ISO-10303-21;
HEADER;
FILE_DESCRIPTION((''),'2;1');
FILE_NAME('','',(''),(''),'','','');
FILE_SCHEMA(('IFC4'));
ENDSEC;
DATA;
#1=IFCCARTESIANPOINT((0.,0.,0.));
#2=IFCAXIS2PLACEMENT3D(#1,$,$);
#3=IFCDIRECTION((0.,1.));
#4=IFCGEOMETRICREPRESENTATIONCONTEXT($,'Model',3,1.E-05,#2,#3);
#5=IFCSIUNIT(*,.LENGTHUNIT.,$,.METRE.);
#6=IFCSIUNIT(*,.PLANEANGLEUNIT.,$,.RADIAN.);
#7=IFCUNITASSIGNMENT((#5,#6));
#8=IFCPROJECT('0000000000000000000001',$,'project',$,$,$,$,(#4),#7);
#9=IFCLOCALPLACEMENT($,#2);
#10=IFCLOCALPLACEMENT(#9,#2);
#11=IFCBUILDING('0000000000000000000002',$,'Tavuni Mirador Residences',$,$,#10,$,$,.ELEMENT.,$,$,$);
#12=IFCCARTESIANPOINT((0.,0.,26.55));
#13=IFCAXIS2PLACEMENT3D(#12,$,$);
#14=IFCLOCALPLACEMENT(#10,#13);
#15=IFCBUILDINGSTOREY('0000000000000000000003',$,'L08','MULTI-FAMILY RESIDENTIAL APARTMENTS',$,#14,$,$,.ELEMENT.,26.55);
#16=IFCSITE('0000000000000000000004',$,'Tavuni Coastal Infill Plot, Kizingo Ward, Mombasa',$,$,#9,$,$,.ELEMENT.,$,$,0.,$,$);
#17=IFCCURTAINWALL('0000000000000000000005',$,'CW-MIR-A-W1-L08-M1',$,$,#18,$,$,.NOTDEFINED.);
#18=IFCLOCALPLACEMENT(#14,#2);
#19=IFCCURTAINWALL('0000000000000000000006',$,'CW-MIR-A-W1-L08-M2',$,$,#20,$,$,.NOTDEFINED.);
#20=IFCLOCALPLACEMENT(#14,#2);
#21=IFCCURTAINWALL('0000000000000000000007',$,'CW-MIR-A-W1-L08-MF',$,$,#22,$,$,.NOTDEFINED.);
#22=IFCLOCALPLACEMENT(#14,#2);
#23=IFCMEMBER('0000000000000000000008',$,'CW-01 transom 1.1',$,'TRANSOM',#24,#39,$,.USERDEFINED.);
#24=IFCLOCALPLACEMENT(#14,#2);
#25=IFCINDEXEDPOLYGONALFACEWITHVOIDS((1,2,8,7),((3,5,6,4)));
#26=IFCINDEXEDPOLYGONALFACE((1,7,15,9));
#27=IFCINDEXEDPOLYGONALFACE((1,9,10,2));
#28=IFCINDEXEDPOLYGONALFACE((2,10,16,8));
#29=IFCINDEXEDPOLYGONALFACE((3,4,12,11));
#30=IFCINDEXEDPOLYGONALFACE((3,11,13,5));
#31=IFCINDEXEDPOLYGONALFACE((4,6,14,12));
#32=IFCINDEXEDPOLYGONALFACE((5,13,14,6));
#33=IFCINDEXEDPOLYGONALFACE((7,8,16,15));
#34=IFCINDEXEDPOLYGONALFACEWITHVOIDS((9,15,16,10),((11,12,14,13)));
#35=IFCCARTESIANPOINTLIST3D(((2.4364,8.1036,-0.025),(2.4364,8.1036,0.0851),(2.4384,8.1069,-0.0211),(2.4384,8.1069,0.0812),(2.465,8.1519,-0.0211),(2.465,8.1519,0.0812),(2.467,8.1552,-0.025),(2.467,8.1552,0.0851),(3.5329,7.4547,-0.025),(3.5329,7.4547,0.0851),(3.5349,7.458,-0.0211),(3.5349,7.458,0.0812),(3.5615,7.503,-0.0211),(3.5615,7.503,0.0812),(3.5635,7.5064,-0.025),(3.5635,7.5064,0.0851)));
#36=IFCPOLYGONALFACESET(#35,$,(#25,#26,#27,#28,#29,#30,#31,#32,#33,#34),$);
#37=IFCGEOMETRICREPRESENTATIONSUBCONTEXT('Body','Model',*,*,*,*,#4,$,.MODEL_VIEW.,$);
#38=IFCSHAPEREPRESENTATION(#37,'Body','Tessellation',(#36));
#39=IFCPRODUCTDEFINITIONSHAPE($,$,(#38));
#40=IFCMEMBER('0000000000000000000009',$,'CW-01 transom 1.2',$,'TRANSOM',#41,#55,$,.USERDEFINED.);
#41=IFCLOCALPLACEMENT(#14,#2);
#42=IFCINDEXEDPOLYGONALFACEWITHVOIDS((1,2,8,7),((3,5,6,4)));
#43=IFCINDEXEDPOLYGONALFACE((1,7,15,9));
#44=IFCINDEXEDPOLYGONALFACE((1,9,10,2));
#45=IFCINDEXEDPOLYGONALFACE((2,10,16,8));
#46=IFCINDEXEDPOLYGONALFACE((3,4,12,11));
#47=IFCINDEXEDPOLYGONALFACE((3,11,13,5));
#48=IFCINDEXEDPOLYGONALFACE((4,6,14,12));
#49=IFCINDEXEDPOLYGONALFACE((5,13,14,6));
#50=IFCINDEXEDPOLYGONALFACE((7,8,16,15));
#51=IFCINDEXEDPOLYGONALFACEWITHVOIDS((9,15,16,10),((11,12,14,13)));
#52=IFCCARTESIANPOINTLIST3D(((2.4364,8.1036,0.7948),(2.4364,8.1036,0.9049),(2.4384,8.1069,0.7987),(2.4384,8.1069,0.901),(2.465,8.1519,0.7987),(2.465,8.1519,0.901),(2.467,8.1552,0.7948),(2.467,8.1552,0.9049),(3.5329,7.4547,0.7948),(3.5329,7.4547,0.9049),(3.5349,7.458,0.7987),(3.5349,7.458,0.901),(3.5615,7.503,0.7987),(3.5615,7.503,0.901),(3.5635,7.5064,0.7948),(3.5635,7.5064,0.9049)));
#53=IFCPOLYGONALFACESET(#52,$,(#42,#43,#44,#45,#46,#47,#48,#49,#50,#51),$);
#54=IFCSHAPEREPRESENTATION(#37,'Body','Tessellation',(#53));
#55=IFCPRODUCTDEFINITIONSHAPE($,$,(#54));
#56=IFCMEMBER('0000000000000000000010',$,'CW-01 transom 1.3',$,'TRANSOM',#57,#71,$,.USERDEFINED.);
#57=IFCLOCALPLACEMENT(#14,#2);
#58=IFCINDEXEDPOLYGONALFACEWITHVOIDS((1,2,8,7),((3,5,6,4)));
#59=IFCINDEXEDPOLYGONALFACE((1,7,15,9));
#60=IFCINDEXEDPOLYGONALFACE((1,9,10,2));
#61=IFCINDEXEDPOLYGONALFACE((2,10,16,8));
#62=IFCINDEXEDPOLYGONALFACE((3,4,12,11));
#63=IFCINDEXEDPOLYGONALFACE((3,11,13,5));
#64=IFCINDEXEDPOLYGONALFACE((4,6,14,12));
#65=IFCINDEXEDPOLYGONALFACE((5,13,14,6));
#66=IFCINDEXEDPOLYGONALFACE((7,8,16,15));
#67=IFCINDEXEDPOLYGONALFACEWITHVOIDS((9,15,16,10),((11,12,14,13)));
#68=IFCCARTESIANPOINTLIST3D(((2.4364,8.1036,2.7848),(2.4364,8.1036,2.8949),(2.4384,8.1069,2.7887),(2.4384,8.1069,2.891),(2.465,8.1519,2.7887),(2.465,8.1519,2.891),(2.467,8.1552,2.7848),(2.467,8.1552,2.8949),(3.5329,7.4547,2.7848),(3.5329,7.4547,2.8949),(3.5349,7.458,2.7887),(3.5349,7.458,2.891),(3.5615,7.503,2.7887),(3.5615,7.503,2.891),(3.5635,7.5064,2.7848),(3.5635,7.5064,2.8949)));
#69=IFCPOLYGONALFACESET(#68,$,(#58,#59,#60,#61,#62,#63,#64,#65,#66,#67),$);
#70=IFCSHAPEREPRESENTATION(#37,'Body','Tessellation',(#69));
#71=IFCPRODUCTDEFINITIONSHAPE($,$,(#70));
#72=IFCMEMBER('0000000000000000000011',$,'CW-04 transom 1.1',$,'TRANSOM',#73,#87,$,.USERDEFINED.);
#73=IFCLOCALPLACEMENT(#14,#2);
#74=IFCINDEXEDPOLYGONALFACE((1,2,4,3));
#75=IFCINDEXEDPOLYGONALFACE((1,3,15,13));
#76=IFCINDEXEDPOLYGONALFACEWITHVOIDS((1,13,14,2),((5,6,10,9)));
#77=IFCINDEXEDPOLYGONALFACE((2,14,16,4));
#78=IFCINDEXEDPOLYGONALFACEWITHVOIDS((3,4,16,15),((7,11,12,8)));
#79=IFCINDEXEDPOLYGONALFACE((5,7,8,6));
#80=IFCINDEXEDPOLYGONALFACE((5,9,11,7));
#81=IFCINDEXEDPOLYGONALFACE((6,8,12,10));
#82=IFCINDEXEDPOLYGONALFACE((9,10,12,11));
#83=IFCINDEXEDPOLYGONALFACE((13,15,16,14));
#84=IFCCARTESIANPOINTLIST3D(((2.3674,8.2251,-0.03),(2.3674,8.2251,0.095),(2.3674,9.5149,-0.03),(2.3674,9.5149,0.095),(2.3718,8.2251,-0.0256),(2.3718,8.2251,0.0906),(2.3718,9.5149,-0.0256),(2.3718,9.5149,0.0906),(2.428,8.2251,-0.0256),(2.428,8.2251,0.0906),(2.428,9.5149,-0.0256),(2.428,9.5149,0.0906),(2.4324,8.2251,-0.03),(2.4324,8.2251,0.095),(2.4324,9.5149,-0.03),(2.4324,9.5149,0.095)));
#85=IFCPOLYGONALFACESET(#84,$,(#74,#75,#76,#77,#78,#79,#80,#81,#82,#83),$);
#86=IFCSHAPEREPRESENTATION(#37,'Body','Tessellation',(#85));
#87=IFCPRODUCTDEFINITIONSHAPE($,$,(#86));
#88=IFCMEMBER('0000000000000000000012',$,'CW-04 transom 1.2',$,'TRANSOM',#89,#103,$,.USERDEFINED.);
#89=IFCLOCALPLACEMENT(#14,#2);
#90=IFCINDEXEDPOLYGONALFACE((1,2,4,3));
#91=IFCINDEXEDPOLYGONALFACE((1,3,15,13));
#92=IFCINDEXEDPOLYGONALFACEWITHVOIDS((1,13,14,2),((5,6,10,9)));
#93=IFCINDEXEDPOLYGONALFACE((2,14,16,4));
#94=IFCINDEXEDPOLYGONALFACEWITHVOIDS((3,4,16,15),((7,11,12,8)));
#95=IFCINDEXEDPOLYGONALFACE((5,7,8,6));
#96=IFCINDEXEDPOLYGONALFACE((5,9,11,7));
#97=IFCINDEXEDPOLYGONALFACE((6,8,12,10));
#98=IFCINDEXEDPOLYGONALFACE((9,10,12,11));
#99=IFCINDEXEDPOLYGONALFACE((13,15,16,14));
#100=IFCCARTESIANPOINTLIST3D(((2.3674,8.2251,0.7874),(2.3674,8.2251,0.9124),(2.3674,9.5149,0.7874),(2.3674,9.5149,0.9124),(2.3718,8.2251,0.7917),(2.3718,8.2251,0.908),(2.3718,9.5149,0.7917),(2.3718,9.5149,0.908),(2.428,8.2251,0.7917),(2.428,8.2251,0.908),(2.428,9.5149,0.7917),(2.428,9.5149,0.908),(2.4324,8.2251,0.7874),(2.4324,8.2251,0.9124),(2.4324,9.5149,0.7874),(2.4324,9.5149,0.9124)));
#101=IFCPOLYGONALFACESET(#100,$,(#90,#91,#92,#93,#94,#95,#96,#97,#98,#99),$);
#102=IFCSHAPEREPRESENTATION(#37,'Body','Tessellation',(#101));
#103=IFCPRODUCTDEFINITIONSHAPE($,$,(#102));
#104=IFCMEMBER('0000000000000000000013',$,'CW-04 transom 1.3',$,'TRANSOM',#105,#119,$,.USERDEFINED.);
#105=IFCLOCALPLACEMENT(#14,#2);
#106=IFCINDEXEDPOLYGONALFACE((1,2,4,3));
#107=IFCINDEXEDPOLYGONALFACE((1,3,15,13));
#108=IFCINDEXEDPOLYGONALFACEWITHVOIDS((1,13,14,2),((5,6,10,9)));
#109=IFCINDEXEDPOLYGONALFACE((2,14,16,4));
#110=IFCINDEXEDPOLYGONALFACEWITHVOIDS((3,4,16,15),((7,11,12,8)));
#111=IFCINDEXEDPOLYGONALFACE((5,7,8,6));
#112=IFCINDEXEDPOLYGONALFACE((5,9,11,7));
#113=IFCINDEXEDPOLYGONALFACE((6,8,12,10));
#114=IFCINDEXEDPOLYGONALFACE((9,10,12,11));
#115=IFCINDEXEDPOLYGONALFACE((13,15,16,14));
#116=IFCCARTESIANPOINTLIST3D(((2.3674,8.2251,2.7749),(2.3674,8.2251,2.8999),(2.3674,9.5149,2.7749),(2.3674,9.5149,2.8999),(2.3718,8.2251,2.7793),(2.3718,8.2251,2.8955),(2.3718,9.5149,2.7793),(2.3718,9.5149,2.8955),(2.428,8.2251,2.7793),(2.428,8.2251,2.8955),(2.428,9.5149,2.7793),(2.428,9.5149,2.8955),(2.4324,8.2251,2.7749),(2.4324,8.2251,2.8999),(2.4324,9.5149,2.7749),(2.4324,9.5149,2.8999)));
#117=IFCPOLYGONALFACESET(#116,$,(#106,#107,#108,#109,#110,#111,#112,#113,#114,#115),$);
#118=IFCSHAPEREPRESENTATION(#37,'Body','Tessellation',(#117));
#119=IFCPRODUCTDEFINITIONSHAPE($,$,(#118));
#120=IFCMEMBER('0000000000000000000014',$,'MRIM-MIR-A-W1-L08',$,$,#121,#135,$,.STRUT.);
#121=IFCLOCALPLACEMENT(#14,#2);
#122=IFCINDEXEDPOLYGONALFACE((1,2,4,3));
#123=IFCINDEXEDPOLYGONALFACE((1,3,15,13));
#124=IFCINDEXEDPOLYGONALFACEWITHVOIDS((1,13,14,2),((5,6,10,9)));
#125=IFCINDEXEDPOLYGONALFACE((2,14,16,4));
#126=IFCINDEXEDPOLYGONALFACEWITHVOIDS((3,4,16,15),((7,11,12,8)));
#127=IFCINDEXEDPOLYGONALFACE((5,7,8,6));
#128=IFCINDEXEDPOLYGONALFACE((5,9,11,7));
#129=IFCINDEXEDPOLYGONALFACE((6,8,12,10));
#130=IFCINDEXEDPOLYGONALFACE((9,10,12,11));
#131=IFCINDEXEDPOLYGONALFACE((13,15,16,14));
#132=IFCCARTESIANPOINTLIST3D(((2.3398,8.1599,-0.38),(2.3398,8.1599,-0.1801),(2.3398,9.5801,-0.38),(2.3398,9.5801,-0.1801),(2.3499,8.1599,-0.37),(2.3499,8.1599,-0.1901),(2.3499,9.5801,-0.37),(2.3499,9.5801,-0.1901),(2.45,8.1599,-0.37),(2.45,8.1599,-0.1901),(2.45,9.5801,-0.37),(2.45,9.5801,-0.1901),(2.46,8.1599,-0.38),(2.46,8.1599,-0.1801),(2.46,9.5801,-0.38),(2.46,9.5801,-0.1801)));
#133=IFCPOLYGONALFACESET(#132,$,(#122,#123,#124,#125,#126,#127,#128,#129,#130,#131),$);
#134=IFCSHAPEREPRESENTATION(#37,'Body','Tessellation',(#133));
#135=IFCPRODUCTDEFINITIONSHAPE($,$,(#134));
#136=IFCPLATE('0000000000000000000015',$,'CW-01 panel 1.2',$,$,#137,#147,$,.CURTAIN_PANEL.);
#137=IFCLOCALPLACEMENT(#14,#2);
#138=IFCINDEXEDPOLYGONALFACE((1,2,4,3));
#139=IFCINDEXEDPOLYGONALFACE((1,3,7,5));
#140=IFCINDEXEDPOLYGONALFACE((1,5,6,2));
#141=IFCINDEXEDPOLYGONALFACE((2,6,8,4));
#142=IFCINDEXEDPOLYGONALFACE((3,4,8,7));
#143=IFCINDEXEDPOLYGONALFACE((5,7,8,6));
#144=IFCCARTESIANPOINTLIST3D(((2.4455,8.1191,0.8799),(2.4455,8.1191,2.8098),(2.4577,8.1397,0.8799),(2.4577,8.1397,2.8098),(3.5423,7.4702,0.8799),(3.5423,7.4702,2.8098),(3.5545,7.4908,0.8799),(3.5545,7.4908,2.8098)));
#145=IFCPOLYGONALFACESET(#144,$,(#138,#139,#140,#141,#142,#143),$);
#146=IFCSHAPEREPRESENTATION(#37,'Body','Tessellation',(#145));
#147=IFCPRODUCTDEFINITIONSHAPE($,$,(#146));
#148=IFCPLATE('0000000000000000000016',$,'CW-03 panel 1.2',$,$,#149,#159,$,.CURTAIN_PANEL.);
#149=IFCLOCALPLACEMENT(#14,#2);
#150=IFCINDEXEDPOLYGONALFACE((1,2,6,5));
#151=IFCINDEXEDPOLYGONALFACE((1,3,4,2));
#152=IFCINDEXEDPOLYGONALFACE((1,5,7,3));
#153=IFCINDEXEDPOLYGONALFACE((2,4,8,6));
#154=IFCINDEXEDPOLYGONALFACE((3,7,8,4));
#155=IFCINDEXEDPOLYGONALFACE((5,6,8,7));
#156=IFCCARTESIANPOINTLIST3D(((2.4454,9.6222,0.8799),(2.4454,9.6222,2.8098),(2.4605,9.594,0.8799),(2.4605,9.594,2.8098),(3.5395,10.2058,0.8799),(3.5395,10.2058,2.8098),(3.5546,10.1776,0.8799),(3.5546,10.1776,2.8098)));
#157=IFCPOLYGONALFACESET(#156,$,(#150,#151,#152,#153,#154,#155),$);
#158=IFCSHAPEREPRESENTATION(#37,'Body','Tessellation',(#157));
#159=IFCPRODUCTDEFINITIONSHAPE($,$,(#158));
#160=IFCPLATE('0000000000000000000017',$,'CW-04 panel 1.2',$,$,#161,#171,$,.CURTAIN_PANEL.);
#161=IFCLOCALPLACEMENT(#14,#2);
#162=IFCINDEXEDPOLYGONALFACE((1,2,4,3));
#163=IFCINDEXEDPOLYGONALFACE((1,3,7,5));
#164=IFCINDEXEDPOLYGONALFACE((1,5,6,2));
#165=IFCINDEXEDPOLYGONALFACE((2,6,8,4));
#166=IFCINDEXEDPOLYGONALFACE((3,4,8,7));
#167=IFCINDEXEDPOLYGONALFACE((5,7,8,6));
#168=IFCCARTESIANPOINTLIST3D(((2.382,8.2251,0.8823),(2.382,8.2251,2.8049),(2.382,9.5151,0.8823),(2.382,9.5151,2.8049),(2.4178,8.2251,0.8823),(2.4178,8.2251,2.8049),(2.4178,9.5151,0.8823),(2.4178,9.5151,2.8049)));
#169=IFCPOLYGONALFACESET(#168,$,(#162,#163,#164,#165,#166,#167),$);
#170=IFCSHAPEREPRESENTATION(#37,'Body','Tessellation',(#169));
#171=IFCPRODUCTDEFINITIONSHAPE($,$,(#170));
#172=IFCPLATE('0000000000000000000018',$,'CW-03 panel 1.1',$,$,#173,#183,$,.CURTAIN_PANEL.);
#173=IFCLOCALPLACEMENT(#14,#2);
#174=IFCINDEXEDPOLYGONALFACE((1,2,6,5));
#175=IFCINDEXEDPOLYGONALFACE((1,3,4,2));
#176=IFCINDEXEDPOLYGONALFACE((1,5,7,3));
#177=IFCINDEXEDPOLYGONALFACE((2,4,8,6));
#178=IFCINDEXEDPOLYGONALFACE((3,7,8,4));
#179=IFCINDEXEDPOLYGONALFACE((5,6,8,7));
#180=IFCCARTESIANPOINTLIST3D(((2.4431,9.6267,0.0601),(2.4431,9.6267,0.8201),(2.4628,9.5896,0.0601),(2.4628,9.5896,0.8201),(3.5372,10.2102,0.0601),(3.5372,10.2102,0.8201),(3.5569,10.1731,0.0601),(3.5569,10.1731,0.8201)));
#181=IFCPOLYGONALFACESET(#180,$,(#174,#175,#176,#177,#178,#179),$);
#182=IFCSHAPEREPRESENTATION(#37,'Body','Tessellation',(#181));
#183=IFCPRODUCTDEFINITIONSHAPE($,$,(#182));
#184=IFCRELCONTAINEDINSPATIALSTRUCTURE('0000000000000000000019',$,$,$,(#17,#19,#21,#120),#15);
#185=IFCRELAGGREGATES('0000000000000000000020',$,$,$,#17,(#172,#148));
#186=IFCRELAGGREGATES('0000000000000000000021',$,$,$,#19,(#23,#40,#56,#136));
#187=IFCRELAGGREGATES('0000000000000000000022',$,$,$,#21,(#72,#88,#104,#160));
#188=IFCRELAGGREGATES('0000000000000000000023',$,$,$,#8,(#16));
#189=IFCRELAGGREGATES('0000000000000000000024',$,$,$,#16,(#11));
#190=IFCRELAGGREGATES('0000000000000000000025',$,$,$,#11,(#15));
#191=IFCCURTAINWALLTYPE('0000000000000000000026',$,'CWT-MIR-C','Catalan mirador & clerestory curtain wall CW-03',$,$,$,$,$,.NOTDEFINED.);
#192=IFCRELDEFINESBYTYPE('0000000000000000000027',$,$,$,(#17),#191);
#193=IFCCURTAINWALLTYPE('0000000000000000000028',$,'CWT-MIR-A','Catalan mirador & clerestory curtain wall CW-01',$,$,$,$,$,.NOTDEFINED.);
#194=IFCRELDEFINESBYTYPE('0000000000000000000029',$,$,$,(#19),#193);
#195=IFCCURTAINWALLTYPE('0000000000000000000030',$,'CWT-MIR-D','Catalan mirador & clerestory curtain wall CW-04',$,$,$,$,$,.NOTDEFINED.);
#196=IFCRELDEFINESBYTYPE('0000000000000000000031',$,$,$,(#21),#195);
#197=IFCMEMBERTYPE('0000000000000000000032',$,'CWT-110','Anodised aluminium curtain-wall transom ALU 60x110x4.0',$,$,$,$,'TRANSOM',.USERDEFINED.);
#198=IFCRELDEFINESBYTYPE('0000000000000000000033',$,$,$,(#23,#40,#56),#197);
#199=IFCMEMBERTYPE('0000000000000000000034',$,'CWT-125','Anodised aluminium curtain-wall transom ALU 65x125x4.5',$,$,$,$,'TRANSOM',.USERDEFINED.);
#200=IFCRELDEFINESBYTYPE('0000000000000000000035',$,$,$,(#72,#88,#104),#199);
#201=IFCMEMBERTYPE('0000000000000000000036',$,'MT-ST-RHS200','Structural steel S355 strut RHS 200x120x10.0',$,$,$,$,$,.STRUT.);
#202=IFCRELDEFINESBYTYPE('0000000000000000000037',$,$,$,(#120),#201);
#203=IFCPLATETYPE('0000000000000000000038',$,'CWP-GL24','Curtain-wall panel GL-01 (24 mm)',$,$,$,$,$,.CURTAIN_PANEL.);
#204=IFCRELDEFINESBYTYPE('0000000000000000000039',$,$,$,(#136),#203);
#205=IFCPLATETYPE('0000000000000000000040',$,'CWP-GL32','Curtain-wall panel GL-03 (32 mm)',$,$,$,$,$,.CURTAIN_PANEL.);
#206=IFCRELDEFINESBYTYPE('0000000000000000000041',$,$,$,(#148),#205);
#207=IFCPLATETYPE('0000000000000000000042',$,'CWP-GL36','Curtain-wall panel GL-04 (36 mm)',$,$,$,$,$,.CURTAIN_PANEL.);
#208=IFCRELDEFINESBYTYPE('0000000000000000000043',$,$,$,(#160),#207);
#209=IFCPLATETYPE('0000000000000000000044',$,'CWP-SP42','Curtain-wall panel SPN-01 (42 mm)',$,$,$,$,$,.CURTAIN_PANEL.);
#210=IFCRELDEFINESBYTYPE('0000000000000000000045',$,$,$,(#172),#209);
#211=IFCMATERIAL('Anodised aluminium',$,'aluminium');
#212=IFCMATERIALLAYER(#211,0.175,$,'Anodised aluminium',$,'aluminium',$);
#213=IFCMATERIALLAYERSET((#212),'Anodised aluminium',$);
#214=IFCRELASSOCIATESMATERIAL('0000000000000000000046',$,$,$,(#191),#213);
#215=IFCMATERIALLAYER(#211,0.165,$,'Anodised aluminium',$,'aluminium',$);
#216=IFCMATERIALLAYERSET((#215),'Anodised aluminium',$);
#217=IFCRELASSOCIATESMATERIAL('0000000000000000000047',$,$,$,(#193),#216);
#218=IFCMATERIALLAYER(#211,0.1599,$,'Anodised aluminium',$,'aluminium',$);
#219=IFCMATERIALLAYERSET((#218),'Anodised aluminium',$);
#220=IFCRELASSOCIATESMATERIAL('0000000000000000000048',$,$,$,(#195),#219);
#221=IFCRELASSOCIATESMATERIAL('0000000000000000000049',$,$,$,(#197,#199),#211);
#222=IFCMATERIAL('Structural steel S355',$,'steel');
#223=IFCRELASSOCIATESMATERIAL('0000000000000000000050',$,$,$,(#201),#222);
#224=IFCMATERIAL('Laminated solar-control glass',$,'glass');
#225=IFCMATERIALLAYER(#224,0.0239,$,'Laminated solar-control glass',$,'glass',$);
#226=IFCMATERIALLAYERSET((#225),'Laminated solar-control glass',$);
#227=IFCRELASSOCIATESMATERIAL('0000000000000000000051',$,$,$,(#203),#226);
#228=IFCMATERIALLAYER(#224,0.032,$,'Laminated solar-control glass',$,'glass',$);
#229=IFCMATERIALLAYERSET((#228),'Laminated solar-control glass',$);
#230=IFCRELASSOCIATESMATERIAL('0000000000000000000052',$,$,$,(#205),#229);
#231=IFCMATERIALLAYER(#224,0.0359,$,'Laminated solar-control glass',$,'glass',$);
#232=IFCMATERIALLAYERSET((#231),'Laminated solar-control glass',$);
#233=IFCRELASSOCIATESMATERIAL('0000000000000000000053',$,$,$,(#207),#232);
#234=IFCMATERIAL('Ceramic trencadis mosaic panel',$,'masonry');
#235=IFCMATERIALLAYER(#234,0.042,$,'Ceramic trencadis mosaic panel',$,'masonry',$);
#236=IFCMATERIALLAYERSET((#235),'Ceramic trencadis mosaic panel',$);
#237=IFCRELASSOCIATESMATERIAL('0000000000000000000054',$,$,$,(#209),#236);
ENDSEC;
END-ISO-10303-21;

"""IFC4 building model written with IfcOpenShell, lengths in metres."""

from ifc_helpers import new_model, si_unit, direction, frame, origin, origin_2d, place, context, subcontext, project, spatial, rectangle, hollow_rectangle, extrude, material, layer, layer_set, material_profile, profile_set, type_object, element, aggregate, save


model = new_model("IFC4")

# Units and contexts
model_context = context("Model", 3, precision=1e-05, world=origin(), true_north=direction((0.0, 1.0)))
body_context = subcontext(model_context, "Body", "Model", "MODEL_VIEW")
ifc_project = project(units=[si_unit("LENGTHUNIT", "METRE"), si_unit("PLANEANGLEUNIT", "RADIAN")], contexts=[model_context])

# Site, building, storey
site_placement = place(None, origin())
site = spatial("IfcSite", under=ifc_project, at=site_placement, Name="Tavuni Coastal Infill Plot, Kizingo Ward, Mombasa", CompositionType="ELEMENT", RefElevation=0.0)
building_placement = place(site_placement, origin())
building = spatial("IfcBuilding", under=site, at=building_placement, Name="Tavuni Mirador Residences", CompositionType="ELEMENT")
storey_placement = place(building_placement, frame((0.0, 0.0, 26.55)))
storey = spatial("IfcBuildingStorey", under=building, at=storey_placement, Name="L08", Description="MULTI-FAMILY RESIDENTIAL APARTMENTS", CompositionType="ELEMENT", Elevation=26.55)

# Curtain walls
ifc_material_1 = material(Name="Anodised aluminium", Category="aluminium")
ifc_layer_1 = layer(ifc_material_1, 0.175, Name="Anodised aluminium", Category="aluminium")
ifc_layer_set_1 = layer_set([ifc_layer_1], Name="Anodised aluminium")
curtain_wall_type_1 = type_object("IfcCurtainWallType", Name="CWT-MIR-C", Description="Catalan mirador & clerestory curtain wall CW-03", PredefinedType="NOTDEFINED", material=ifc_layer_set_1)
curtain_wall_1_placement = place(storey_placement, origin())
curtain_wall_1 = element("IfcCurtainWall", 1, at=curtain_wall_1_placement, inside=storey, type_object=curtain_wall_type_1, Name="CW-MIR-A-W1-L08-M1", PredefinedType="NOTDEFINED")
ifc_layer_2 = layer(ifc_material_1, 0.165, Name="Anodised aluminium", Category="aluminium")
ifc_layer_set_2 = layer_set([ifc_layer_2], Name="Anodised aluminium")
curtain_wall_type_2 = type_object("IfcCurtainWallType", Name="CWT-MIR-A", Description="Catalan mirador & clerestory curtain wall CW-01", PredefinedType="NOTDEFINED", material=ifc_layer_set_2)
curtain_wall_2_placement = place(storey_placement, origin())
curtain_wall_2 = element("IfcCurtainWall", 2, at=curtain_wall_2_placement, inside=storey, type_object=curtain_wall_type_2, Name="CW-MIR-A-W1-L08-M2", PredefinedType="NOTDEFINED")
ifc_layer_3 = layer(ifc_material_1, 0.1599, Name="Anodised aluminium", Category="aluminium")
ifc_layer_set_3 = layer_set([ifc_layer_3], Name="Anodised aluminium")
curtain_wall_type_3 = type_object("IfcCurtainWallType", Name="CWT-MIR-D", Description="Catalan mirador & clerestory curtain wall CW-04", PredefinedType="NOTDEFINED", material=ifc_layer_set_3)
curtain_wall_3_placement = place(storey_placement, origin())
curtain_wall_3 = element("IfcCurtainWall", 3, at=curtain_wall_3_placement, inside=storey, type_object=curtain_wall_type_3, Name="CW-MIR-A-W1-L08-MF", PredefinedType="NOTDEFINED")

# Members
ifc_material_profile_1 = material_profile(ifc_material_1, hollow_rectangle(XDim=0.0601, YDim=0.1101, WallThickness=0.0039, at=origin_2d()), Name="ALU 60x110x4.0", Category="aluminium")
ifc_profile_set_1 = profile_set([ifc_material_profile_1], Name="Anodised aluminium")
member_type_1 = type_object("IfcMemberType", Name="CWT-110", Description="Anodised aluminium curtain-wall transom ALU 60x110x4.0", ElementType="TRANSOM", PredefinedType="USERDEFINED", material=ifc_profile_set_1)
member_1_placement = place(storey_placement, frame((2.4517, 8.1294, 0.03), z_axis=(0.860621, -0.509246, 0.0), x_axis=(0.509246, 0.860621, 0.0)))
member_1 = element("IfcMember", 4, at=member_1_placement, type_object=member_type_1, Name="CW-01 transom 1.1", ObjectType="TRANSOM", PredefinedType="USERDEFINED", context=body_context, shape_type="SweptSolid", body=[
    extrude(hollow_rectangle(XDim=0.0601, YDim=0.1101, WallThickness=0.0039, at=origin_2d()), origin(), (0.0, 0.0, 1.0), 1.2742),
])
member_2_placement = place(storey_placement, frame((2.4517, 8.1294, 0.8499), z_axis=(0.860621, -0.509246, 0.0), x_axis=(0.509246, 0.860621, 0.0)))
member_2 = element("IfcMember", 5, at=member_2_placement, type_object=member_type_1, Name="CW-01 transom 1.2", ObjectType="TRANSOM", PredefinedType="USERDEFINED", context=body_context, shape_type="SweptSolid", body=[
    extrude(hollow_rectangle(XDim=0.0601, YDim=0.1101, WallThickness=0.0039, at=origin_2d()), origin(), (0.0, 0.0, 1.0), 1.2742),
])
member_3_placement = place(storey_placement, frame((2.4517, 8.1294, 2.8398), z_axis=(0.860621, -0.509246, 0.0), x_axis=(0.509246, 0.860621, 0.0)))
member_3 = element("IfcMember", 6, at=member_3_placement, type_object=member_type_1, Name="CW-01 transom 1.3", ObjectType="TRANSOM", PredefinedType="USERDEFINED", context=body_context, shape_type="SweptSolid", body=[
    extrude(hollow_rectangle(XDim=0.0601, YDim=0.1101, WallThickness=0.0039, at=origin_2d()), origin(), (0.0, 0.0, 1.0), 1.2742),
])
ifc_material_profile_2 = material_profile(ifc_material_1, hollow_rectangle(XDim=0.0649, YDim=0.125, WallThickness=0.0044, at=origin_2d()), Name="ALU 65x125x4.5", Category="aluminium")
ifc_profile_set_2 = profile_set([ifc_material_profile_2], Name="Anodised aluminium")
member_type_2 = type_object("IfcMemberType", Name="CWT-125", Description="Anodised aluminium curtain-wall transom ALU 65x125x4.5", ElementType="TRANSOM", PredefinedType="USERDEFINED", material=ifc_profile_set_2)
member_4_placement = place(storey_placement, frame((2.3999, 9.5149, 0.0325), z_axis=(0.0, -1.0, 0.0), x_axis=(1.0, 0.0, 0.0)))
member_4 = element("IfcMember", 7, at=member_4_placement, type_object=member_type_2, Name="CW-04 transom 1.1", ObjectType="TRANSOM", PredefinedType="USERDEFINED", context=body_context, shape_type="SweptSolid", body=[
    extrude(hollow_rectangle(XDim=0.0649, YDim=0.125, WallThickness=0.0044, at=origin_2d()), origin(), (0.0, 0.0, 1.0), 1.2898),
])
member_5_placement = place(storey_placement, frame((2.3999, 9.5149, 0.8499), z_axis=(0.0, -1.0, 0.0), x_axis=(1.0, 0.0, 0.0)))
member_5 = element("IfcMember", 8, at=member_5_placement, type_object=member_type_2, Name="CW-04 transom 1.2", ObjectType="TRANSOM", PredefinedType="USERDEFINED", context=body_context, shape_type="SweptSolid", body=[
    extrude(hollow_rectangle(XDim=0.0649, YDim=0.125, WallThickness=0.0044, at=origin_2d()), origin(), (0.0, 0.0, 1.0), 1.2898),
])
member_6_placement = place(storey_placement, frame((2.3999, 9.5149, 2.8374), z_axis=(0.0, -1.0, 0.0), x_axis=(1.0, 0.0, 0.0)))
member_6 = element("IfcMember", 9, at=member_6_placement, type_object=member_type_2, Name="CW-04 transom 1.3", ObjectType="TRANSOM", PredefinedType="USERDEFINED", context=body_context, shape_type="SweptSolid", body=[
    extrude(hollow_rectangle(XDim=0.0649, YDim=0.125, WallThickness=0.0044, at=origin_2d()), origin(), (0.0, 0.0, 1.0), 1.2898),
])
ifc_material_2 = material(Name="Structural steel S355", Category="steel")
ifc_material_profile_3 = material_profile(ifc_material_2, hollow_rectangle(XDim=0.1201, YDim=0.2, WallThickness=0.01, at=origin_2d()), Name="RHS 200x120x10.0", Category="steel")
ifc_profile_set_3 = profile_set([ifc_material_profile_3], Name="Structural steel S355")
member_type_3 = type_object("IfcMemberType", Name="MT-ST-RHS200", Description="Structural steel S355 strut RHS 200x120x10.0", PredefinedType="STRUT", material=ifc_profile_set_3)
member_7_placement = place(storey_placement, frame((2.3999, 8.1599, -0.28), z_axis=(0.0, 1.0, 0.0), x_axis=(-1.0, 0.0, 0.0)))
element("IfcMember", 10, at=member_7_placement, inside=storey, type_object=member_type_3, Name="MRIM-MIR-A-W1-L08", PredefinedType="STRUT", context=body_context, shape_type="SweptSolid", body=[
    extrude(hollow_rectangle(XDim=0.1201, YDim=0.2, WallThickness=0.01, at=origin_2d()), origin(), (0.0, 0.0, 1.0), 1.4202),
])

# Plates
ifc_material_3 = material(Name="Laminated solar-control glass", Category="glass")
ifc_layer_4 = layer(ifc_material_3, 0.0239, Name="Laminated solar-control glass", Category="glass")
ifc_layer_set_4 = layer_set([ifc_layer_4], Name="Laminated solar-control glass")
plate_type_1 = type_object("IfcPlateType", Name="CWP-GL24", Description="Curtain-wall panel GL-01 (24 mm)", PredefinedType="CURTAIN_PANEL", material=ifc_layer_set_4)
plate_1_placement = place(storey_placement, frame((3.0, 7.8049, 0.8799), z_axis=(0.0, 0.0, 1.0), x_axis=(0.860641, -0.509212, 0.0)))
plate_1 = element("IfcPlate", 11, at=plate_1_placement, type_object=plate_type_1, Name="CW-01 panel 1.2", PredefinedType="CURTAIN_PANEL", context=body_context, shape_type="SweptSolid", body=[
    extrude(rectangle(XDim=1.2744, YDim=0.0239, at=origin_2d()), origin(), (0.0, 0.0, 1.0), 1.9299),
])
ifc_layer_5 = layer(ifc_material_3, 0.032, Name="Laminated solar-control glass", Category="glass")
ifc_layer_set_5 = layer_set([ifc_layer_5], Name="Laminated solar-control glass")
plate_type_2 = type_object("IfcPlateType", Name="CWP-GL32", Description="Curtain-wall panel GL-03 (32 mm)", PredefinedType="CURTAIN_PANEL", material=ifc_layer_set_5)
plate_2_placement = place(storey_placement, frame((3.0, 9.8999, 0.8799), z_axis=(0.0, 0.0, 1.0), x_axis=(-0.882353, -0.470588, 0.0)))
plate_2 = element("IfcPlate", 12, at=plate_2_placement, type_object=plate_type_2, Name="CW-03 panel 1.2", PredefinedType="CURTAIN_PANEL", context=body_context, shape_type="SweptSolid", body=[
    extrude(rectangle(XDim=1.24, YDim=0.032, at=origin_2d()), origin(), (0.0, 0.0, 1.0), 1.9299),
])
ifc_layer_6 = layer(ifc_material_3, 0.0359, Name="Laminated solar-control glass", Category="glass")
ifc_layer_set_6 = layer_set([ifc_layer_6], Name="Laminated solar-control glass")
plate_type_3 = type_object("IfcPlateType", Name="CWP-GL36", Description="Curtain-wall panel GL-04 (36 mm)", PredefinedType="CURTAIN_PANEL", material=ifc_layer_set_6)
plate_3_placement = place(storey_placement, frame((2.3999, 8.8701, 0.8823), z_axis=(0.0, 0.0, 1.0), x_axis=(0.0, -1.0, 0.0)))
plate_3 = element("IfcPlate", 13, at=plate_3_placement, type_object=plate_type_3, Name="CW-04 panel 1.2", PredefinedType="CURTAIN_PANEL", context=body_context, shape_type="SweptSolid", body=[
    extrude(rectangle(XDim=1.29, YDim=0.0359, at=origin_2d()), origin(), (0.0, 0.0, 1.0), 1.9226),
])
ifc_material_4 = material(Name="Ceramic trencadis mosaic panel", Category="masonry")
ifc_layer_7 = layer(ifc_material_4, 0.042, Name="Ceramic trencadis mosaic panel", Category="masonry")
ifc_layer_set_7 = layer_set([ifc_layer_7], Name="Ceramic trencadis mosaic panel")
plate_type_4 = type_object("IfcPlateType", Name="CWP-SP42", Description="Curtain-wall panel SPN-01 (42 mm)", PredefinedType="CURTAIN_PANEL", material=ifc_layer_set_7)
plate_4_placement = place(storey_placement, frame((3.0, 9.8999, 0.0601), z_axis=(0.0, 0.0, 1.0), x_axis=(-0.882353, -0.470588, 0.0)))
plate_4 = element("IfcPlate", 14, at=plate_4_placement, type_object=plate_type_4, Name="CW-03 panel 1.1", PredefinedType="CURTAIN_PANEL", context=body_context, shape_type="SweptSolid", body=[
    extrude(rectangle(XDim=1.24, YDim=0.042, at=origin_2d()), origin(), (0.0, 0.0, 1.0), 0.76),
])
aggregate(curtain_wall_1, [plate_4, plate_2])
aggregate(curtain_wall_2, [member_1, member_2, member_3, plate_1])
aggregate(curtain_wall_3, [member_4, member_5, member_6, plate_3])

save(model, "model.ifc")
